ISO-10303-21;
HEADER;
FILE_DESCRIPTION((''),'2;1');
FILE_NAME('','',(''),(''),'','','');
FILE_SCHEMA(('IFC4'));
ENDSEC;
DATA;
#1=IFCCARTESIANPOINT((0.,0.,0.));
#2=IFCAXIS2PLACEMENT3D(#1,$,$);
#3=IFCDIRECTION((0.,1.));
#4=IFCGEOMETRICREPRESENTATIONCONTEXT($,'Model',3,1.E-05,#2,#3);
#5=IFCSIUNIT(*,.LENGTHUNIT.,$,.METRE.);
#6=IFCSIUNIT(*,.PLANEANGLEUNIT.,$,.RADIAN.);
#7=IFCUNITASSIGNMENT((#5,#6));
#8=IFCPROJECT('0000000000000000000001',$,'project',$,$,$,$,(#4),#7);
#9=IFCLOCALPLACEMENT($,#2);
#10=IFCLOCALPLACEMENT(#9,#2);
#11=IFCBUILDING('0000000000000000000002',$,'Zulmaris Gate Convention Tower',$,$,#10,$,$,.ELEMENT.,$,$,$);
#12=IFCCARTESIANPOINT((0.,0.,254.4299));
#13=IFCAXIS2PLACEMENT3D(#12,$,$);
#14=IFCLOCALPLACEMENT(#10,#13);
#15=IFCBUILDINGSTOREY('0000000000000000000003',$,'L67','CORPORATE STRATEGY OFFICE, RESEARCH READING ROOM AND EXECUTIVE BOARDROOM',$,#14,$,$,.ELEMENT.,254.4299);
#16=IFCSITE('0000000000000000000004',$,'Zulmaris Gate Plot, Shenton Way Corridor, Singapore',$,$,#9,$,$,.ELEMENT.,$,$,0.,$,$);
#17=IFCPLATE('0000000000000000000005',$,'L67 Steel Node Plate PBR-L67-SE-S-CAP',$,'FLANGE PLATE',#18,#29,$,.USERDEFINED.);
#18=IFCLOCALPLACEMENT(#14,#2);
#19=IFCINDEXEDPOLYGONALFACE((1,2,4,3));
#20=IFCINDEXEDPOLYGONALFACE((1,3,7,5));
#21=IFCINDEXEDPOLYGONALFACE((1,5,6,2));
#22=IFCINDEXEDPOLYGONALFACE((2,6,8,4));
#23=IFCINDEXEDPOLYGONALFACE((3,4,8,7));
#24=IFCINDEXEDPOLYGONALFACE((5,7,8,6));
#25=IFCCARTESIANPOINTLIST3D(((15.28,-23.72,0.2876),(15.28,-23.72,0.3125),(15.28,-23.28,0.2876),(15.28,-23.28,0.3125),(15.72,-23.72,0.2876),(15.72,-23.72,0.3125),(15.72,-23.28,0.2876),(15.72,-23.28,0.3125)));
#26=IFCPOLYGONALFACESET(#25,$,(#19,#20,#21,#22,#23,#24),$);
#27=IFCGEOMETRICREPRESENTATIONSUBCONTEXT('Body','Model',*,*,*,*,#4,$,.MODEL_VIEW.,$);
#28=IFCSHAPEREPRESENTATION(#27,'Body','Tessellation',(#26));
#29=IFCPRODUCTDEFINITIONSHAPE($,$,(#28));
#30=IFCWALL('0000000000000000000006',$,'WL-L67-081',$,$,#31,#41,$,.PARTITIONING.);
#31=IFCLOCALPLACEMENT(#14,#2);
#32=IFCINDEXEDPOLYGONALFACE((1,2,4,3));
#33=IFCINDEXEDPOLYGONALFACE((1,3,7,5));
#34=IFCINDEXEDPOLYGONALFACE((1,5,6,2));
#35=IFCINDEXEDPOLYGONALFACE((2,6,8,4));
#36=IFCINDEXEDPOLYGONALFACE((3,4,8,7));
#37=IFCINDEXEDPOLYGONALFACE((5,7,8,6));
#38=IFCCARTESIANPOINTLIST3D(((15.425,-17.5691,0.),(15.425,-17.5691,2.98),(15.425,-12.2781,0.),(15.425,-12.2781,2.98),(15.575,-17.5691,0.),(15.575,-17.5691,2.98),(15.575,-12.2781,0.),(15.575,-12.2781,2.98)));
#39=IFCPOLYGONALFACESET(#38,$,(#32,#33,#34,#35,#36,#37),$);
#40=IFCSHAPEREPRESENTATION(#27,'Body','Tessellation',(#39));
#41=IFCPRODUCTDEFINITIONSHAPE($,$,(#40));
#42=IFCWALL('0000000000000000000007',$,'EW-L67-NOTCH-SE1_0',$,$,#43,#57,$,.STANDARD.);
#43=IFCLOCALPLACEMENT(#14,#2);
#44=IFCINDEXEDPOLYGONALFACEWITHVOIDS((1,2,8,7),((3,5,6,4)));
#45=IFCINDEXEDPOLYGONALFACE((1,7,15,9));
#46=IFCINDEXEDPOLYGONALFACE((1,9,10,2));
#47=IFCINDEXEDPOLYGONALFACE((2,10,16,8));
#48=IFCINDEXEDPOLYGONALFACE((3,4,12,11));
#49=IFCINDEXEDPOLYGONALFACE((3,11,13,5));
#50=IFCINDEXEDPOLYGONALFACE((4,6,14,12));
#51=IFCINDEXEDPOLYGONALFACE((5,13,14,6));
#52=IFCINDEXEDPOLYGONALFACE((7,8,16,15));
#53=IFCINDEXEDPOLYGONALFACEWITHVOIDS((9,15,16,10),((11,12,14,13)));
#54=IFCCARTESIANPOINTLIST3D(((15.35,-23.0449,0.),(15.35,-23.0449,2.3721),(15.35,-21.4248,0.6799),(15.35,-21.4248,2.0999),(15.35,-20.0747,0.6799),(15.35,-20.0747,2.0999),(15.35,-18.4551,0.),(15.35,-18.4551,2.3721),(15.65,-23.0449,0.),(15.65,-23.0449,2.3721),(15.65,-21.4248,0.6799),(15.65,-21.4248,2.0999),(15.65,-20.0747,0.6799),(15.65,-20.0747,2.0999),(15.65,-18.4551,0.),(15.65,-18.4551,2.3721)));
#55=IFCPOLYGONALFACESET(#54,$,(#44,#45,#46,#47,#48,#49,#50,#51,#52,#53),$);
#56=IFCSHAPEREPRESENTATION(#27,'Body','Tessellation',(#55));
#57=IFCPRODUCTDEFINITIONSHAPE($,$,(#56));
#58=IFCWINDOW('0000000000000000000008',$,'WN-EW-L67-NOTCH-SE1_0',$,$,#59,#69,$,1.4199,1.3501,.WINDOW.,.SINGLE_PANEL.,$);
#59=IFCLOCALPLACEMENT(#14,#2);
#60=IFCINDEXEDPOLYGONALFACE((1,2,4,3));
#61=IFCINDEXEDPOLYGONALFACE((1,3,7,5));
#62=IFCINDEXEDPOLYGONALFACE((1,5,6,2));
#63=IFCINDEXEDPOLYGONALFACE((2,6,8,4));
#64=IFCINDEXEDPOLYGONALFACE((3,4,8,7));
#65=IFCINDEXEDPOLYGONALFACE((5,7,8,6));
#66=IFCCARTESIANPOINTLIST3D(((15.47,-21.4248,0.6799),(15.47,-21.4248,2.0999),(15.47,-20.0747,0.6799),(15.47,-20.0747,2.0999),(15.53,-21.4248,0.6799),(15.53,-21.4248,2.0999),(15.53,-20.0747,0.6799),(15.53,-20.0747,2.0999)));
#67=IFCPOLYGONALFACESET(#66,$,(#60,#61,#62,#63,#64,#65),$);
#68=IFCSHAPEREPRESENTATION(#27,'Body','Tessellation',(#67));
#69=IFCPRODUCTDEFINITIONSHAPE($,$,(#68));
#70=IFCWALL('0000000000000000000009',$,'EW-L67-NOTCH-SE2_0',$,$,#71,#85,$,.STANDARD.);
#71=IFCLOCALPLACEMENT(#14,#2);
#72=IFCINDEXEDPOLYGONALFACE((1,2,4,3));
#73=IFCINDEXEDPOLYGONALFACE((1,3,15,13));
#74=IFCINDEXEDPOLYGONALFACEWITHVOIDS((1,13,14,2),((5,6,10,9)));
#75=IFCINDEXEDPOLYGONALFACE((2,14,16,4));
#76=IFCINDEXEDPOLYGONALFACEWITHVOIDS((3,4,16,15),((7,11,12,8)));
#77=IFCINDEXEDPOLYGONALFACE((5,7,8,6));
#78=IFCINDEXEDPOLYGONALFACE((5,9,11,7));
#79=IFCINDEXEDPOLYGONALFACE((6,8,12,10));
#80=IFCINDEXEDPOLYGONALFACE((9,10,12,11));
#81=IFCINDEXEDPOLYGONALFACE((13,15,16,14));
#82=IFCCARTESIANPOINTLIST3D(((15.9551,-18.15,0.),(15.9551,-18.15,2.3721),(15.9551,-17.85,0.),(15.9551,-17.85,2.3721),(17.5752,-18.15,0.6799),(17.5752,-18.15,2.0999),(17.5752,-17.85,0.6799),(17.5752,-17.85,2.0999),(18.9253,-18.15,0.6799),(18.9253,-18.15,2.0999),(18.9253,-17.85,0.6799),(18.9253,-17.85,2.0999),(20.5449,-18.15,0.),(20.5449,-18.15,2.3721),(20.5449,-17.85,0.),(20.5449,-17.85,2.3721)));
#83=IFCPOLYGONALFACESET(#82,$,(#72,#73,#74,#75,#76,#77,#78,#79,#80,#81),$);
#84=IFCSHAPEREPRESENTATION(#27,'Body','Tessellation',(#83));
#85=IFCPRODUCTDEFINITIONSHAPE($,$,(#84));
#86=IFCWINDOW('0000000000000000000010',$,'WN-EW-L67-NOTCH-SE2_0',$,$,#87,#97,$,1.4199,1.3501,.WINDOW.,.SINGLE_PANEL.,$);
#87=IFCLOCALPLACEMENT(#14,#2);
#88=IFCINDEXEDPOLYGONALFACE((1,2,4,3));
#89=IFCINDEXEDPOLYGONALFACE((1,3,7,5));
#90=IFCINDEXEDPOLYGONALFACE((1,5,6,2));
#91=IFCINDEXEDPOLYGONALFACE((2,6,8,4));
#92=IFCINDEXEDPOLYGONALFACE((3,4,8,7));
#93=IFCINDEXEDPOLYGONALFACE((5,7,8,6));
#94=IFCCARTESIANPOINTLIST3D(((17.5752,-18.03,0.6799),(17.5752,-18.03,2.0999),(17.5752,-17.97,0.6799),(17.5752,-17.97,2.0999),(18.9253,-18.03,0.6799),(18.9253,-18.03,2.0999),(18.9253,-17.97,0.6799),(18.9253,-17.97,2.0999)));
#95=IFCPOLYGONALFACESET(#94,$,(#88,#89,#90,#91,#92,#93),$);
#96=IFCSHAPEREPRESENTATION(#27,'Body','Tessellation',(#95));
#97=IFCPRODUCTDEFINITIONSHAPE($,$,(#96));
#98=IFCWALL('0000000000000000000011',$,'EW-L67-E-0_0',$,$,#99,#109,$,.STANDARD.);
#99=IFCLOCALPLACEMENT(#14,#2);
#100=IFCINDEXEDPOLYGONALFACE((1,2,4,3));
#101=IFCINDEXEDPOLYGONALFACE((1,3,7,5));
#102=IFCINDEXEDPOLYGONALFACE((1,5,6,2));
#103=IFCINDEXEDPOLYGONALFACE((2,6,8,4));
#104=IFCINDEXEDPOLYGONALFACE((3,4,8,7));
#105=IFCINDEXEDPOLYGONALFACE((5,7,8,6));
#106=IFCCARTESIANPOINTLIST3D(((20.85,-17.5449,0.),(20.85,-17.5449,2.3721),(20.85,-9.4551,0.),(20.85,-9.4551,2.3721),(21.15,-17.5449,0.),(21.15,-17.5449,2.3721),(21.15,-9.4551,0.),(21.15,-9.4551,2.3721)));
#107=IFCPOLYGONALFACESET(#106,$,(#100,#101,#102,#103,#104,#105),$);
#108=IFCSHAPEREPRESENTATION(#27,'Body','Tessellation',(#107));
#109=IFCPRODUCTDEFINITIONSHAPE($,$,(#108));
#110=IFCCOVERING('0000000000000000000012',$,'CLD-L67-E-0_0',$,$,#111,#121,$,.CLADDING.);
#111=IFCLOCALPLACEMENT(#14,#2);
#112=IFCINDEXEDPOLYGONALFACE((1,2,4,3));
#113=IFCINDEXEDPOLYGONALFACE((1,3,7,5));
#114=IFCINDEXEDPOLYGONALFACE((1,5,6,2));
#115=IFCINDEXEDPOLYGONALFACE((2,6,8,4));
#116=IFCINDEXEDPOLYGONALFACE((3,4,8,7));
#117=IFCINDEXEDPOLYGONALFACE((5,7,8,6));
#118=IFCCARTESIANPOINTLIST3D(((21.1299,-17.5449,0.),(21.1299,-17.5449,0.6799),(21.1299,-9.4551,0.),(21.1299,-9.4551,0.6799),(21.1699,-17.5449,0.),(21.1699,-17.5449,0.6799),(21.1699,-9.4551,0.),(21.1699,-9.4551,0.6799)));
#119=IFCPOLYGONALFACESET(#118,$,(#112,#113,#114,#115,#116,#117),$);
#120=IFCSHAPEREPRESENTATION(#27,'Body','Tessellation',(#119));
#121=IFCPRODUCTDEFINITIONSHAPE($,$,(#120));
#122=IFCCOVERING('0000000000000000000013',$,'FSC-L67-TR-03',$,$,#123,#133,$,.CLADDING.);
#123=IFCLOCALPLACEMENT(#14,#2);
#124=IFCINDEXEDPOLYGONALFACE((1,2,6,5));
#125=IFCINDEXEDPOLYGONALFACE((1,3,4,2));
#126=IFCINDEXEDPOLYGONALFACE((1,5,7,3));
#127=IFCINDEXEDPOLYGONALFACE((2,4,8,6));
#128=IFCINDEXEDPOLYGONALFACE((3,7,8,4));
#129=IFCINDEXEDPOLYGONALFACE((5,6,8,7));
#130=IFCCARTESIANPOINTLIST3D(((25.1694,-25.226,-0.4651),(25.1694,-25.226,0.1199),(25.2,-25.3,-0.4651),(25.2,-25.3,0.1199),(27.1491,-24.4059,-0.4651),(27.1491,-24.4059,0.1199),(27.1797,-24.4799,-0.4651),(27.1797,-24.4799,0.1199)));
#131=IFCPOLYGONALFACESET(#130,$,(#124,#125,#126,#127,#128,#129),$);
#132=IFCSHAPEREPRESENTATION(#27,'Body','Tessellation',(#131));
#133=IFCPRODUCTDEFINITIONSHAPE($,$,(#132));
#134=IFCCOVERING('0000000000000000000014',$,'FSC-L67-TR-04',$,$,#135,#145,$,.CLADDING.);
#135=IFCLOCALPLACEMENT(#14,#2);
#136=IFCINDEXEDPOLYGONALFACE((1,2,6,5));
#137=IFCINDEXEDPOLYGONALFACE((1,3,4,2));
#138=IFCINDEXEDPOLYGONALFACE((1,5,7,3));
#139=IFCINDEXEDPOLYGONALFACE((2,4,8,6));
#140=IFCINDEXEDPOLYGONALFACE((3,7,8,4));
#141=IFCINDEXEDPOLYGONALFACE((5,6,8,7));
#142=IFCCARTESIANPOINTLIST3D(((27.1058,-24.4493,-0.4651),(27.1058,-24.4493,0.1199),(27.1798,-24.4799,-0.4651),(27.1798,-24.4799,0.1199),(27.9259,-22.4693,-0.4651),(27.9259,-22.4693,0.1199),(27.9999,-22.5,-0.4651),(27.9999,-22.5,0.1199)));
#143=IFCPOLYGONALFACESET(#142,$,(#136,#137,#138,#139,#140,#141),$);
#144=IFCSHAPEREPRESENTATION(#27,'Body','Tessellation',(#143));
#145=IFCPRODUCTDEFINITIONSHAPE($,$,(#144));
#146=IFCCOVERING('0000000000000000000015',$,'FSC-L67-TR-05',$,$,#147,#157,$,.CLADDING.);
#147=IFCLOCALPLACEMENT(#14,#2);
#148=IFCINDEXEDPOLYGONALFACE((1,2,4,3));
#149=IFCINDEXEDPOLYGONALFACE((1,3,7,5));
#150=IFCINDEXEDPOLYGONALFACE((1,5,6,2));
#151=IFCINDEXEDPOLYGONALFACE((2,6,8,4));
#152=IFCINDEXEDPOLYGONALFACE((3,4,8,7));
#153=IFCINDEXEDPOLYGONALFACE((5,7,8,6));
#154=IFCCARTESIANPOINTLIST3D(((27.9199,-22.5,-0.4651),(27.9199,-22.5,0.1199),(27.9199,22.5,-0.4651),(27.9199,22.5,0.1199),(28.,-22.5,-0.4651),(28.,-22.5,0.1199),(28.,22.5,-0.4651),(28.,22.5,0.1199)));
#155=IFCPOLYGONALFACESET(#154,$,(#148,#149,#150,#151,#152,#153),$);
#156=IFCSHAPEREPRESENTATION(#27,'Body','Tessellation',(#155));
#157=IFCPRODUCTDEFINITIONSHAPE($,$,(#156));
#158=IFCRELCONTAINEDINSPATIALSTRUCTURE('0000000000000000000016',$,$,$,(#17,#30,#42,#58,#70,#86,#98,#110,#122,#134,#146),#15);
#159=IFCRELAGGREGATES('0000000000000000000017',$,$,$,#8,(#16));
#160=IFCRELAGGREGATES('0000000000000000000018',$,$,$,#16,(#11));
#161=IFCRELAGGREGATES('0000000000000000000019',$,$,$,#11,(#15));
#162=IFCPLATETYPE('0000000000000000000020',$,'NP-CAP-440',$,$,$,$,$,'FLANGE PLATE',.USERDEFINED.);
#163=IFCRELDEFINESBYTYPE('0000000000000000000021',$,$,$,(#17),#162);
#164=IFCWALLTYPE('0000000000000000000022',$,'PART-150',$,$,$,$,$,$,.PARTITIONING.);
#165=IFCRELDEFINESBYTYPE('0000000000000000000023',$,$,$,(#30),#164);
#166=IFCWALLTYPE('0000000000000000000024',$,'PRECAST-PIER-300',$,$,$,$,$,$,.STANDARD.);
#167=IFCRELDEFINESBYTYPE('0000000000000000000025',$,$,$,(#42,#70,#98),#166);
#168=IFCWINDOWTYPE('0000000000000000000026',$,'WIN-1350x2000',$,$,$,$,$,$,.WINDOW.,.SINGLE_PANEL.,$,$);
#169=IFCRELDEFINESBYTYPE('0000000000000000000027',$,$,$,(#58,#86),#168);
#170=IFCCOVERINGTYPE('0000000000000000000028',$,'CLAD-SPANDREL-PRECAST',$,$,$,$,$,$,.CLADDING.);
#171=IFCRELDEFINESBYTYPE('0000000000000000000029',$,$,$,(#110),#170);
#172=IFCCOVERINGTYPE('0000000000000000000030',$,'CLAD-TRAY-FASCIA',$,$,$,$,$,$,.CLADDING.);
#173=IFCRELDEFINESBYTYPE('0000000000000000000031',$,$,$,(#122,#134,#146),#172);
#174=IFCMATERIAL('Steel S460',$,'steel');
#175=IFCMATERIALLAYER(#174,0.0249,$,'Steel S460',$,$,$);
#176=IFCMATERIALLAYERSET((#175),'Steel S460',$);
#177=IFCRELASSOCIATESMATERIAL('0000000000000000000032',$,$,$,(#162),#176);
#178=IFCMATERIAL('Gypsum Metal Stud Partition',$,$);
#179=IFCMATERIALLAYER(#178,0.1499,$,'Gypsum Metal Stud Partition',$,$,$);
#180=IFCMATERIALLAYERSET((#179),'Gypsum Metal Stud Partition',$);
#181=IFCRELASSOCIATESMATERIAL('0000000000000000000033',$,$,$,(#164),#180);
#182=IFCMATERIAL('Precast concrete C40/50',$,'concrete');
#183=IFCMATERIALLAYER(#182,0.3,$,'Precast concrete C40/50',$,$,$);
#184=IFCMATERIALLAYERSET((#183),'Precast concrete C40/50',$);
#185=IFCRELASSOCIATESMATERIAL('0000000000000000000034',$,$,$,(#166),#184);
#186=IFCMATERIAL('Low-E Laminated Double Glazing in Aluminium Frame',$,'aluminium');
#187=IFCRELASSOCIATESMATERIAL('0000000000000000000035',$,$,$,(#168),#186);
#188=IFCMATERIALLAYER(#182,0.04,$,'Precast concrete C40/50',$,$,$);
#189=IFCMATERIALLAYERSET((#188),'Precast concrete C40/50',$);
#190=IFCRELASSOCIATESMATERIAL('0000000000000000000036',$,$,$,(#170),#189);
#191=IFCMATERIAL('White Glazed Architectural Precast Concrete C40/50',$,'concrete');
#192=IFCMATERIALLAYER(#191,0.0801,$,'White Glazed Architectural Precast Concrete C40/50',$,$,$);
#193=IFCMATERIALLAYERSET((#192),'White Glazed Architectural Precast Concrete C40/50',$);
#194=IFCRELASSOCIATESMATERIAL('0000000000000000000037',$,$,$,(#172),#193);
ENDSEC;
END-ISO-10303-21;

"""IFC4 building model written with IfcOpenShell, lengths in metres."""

from ifc_helpers import new_model, si_unit, direction, frame, frame_2d, origin, origin_2d, place, context, subcontext, project, spatial, rectangle, extrude, material, layer, layer_set, type_object, element, fill, save


model = new_model("IFC4")

# Units and contexts
model_context = context("Model", 3, precision=1e-05, world=origin(), true_north=direction((0.0, 1.0)))
body_context = subcontext(model_context, "Body", "Model", "MODEL_VIEW")
ifc_project = project(units=[si_unit("LENGTHUNIT", "METRE"), si_unit("PLANEANGLEUNIT", "RADIAN")], contexts=[model_context])

# Site, building, storey
site_placement = place(None, origin())
site = spatial("IfcSite", under=ifc_project, at=site_placement, Name="Zulmaris Gate Plot, Shenton Way Corridor, Singapore", CompositionType="ELEMENT", RefElevation=0.0)
building_placement = place(site_placement, origin())
building = spatial("IfcBuilding", under=site, at=building_placement, Name="Zulmaris Gate Convention Tower", CompositionType="ELEMENT")
storey_placement = place(building_placement, frame((0.0, 0.0, 254.4299)))
storey = spatial("IfcBuildingStorey", under=building, at=storey_placement, Name="L67", Description="CORPORATE STRATEGY OFFICE, RESEARCH READING ROOM AND EXECUTIVE BOARDROOM", CompositionType="ELEMENT", Elevation=254.4299)

# Plate
ifc_material_1 = material(Name="Steel S460", Category="steel")
ifc_layer_1 = layer(ifc_material_1, 0.0249, Name="Steel S460")
ifc_layer_set_1 = layer_set([ifc_layer_1], Name="Steel S460")
plate_type = type_object("IfcPlateType", Name="NP-CAP-440", ElementType="FLANGE PLATE", PredefinedType="USERDEFINED", material=ifc_layer_set_1)
for number, where, z_axis, x_axis, name in (
    (1, (15.5, -23.5, 0.2876), (0.0, 0.0, 1.0), (1.0, 0.0, 0.0), "L67 Steel Node Plate PBR-L67-SE-S-CAP"),
):
    element("IfcPlate", number, at=place(storey_placement, frame(where, z_axis=z_axis, x_axis=x_axis)), inside=storey, type_object=plate_type, Name=name, ObjectType="FLANGE PLATE", PredefinedType="USERDEFINED", context=body_context, shape_type="SweptSolid", body=[
        extrude(rectangle(XDim=0.4399, YDim=0.4399, at=origin_2d()), origin(), (0.0, 0.0, 1.0), 0.0249),
    ])

# Wall
ifc_material_2 = material(Name="Gypsum Metal Stud Partition")
ifc_layer_2 = layer(ifc_material_2, 0.1499, Name="Gypsum Metal Stud Partition")
ifc_layer_set_2 = layer_set([ifc_layer_2], Name="Gypsum Metal Stud Partition")
wall_type_1 = type_object("IfcWallType", Name="PART-150", PredefinedType="PARTITIONING", material=ifc_layer_set_2)
wall_1_placement = place(storey_placement, frame((15.5, -17.5691, 0.0), z_axis=(0.0, 0.0, 1.0), x_axis=(0.0, 1.0, 0.0)))
element("IfcWall", 2, at=wall_1_placement, inside=storey, type_object=wall_type_1, Name="WL-L67-081", PredefinedType="PARTITIONING", context=body_context, shape_type="SweptSolid", body=[
    extrude(rectangle(XDim=5.291, YDim=0.1499, at=frame_2d((2.6455, 0.0))), origin(), (0.0, 0.0, 1.0), 2.98),
])

# Walls, openings, windows
ifc_material_3 = material(Name="Precast concrete C40/50", Category="concrete")
ifc_layer_3 = layer(ifc_material_3, 0.3, Name="Precast concrete C40/50")
ifc_layer_set_3 = layer_set([ifc_layer_3], Name="Precast concrete C40/50")
wall_type_2 = type_object("IfcWallType", Name="PRECAST-PIER-300", PredefinedType="STANDARD", material=ifc_layer_set_3)
wall_2_placement = place(storey_placement, frame((15.5, -23.0449, 0.0), z_axis=(0.0, 0.0, 1.0), x_axis=(0.0, 1.0, 0.0)))
wall_2 = element("IfcWall", 3, at=wall_2_placement, inside=storey, type_object=wall_type_2, Name="EW-L67-NOTCH-SE1_0", PredefinedType="STANDARD", context=body_context, shape_type="SweptSolid", body=[
    extrude(rectangle(XDim=4.5898, YDim=0.3, at=frame_2d((2.2949, 0.0))), origin(), (0.0, 0.0, 1.0), 2.3721),
])
opening_1_placement = place(wall_2_placement, frame((1.6201, 0.0, 0.6799)))
opening_1 = element("IfcOpeningElement", 4, at=opening_1_placement, cuts=wall_2, PredefinedType="OPENING", context=body_context, shape_type="SweptSolid", body=[
    extrude(rectangle(XDim=1.3501, YDim=1.4199, at=frame_2d((0.675, 0.71))), frame((0.0, 0.1602, 0.0), z_axis=(0.0, -1.0, 0.0), x_axis=(1.0, 0.0, 0.0)), (0.0, 0.0, 1.0), 0.3201),
])
ifc_material_4 = material(Name="Low-E Laminated Double Glazing in Aluminium Frame", Category="aluminium")
window_type = type_object("IfcWindowType", Name="WIN-1350x2000", PartitioningType="SINGLE_PANEL", PredefinedType="WINDOW", material=ifc_material_4)
window_1_placement = place(opening_1_placement, origin())
window_1 = element("IfcWindow", 5, at=window_1_placement, inside=storey, type_object=window_type, Name="WN-EW-L67-NOTCH-SE1_0", OverallHeight=1.4199, OverallWidth=1.3501, PartitioningType="SINGLE_PANEL", PredefinedType="WINDOW", context=body_context, shape_type="SweptSolid", body=[
    extrude(rectangle(XDim=1.3501, YDim=1.4199, at=frame_2d((0.675, 0.71))), frame((0.0, 0.03, 0.0), z_axis=(0.0, -1.0, 0.0), x_axis=(1.0, 0.0, 0.0)), (0.0, 0.0, 1.0), 0.0601),
])
fill(opening_1, window_1)
wall_3_placement = place(storey_placement, frame((15.9551, -18.0, 0.0), z_axis=(0.0, 0.0, 1.0), x_axis=(1.0, 0.0, 0.0)))
wall_3 = element("IfcWall", 6, at=wall_3_placement, inside=storey, type_object=wall_type_2, Name="EW-L67-NOTCH-SE2_0", PredefinedType="STANDARD", context=body_context, shape_type="SweptSolid", body=[
    extrude(rectangle(XDim=4.5898, YDim=0.3, at=frame_2d((2.2949, 0.0))), origin(), (0.0, 0.0, 1.0), 2.3721),
])
opening_2_placement = place(wall_3_placement, frame((1.6201, 0.0, 0.6799)))
opening_2 = element("IfcOpeningElement", 7, at=opening_2_placement, cuts=wall_3, PredefinedType="OPENING", context=body_context, shape_type="SweptSolid", body=[
    extrude(rectangle(XDim=1.3501, YDim=1.4199, at=frame_2d((0.675, 0.71))), frame((0.0, 0.1602, 0.0), z_axis=(0.0, -1.0, 0.0), x_axis=(1.0, 0.0, 0.0)), (0.0, 0.0, 1.0), 0.3201),
])
window_2_placement = place(opening_2_placement, origin())
window_2 = element("IfcWindow", 8, at=window_2_placement, inside=storey, type_object=window_type, Name="WN-EW-L67-NOTCH-SE2_0", OverallHeight=1.4199, OverallWidth=1.3501, PartitioningType="SINGLE_PANEL", PredefinedType="WINDOW", context=body_context, shape_type="SweptSolid", body=[
    extrude(rectangle(XDim=1.3501, YDim=1.4199, at=frame_2d((0.675, 0.71))), frame((0.0, 0.03, 0.0), z_axis=(0.0, -1.0, 0.0), x_axis=(1.0, 0.0, 0.0)), (0.0, 0.0, 1.0), 0.0601),
])
fill(opening_2, window_2)

# Wall
wall_4_placement = place(storey_placement, frame((21.0, -17.5449, 0.0), z_axis=(0.0, 0.0, 1.0), x_axis=(0.0, 1.0, 0.0)))
element("IfcWall", 9, at=wall_4_placement, inside=storey, type_object=wall_type_2, Name="EW-L67-E-0_0", PredefinedType="STANDARD", context=body_context, shape_type="SweptSolid", body=[
    extrude(rectangle(XDim=8.0898, YDim=0.3, at=frame_2d((4.0449, 0.0))), origin(), (0.0, 0.0, 1.0), 2.3721),
])

# Coverings
ifc_layer_4 = layer(ifc_material_3, 0.04, Name="Precast concrete C40/50")
ifc_layer_set_4 = layer_set([ifc_layer_4], Name="Precast concrete C40/50")
covering_type_1 = type_object("IfcCoveringType", Name="CLAD-SPANDREL-PRECAST", PredefinedType="CLADDING", material=ifc_layer_set_4)
covering_1_placement = place(storey_placement, frame((21.1499, -17.5449, 0.0), z_axis=(0.0, 0.0, 1.0), x_axis=(0.0, 1.0, 0.0)))
element("IfcCovering", 10, at=covering_1_placement, inside=storey, type_object=covering_type_1, Name="CLD-L67-E-0_0", PredefinedType="CLADDING", context=body_context, shape_type="SweptSolid", body=[
    extrude(rectangle(XDim=8.0898, YDim=0.04, at=frame_2d((4.0449, 0.0))), origin(), (0.0, 0.0, 1.0), 0.6799),
])
ifc_material_5 = material(Name="White Glazed Architectural Precast Concrete C40/50", Category="concrete")
ifc_layer_5 = layer(ifc_material_5, 0.0801, Name="White Glazed Architectural Precast Concrete C40/50")
ifc_layer_set_5 = layer_set([ifc_layer_5], Name="White Glazed Architectural Precast Concrete C40/50")
covering_type_2 = type_object("IfcCoveringType", Name="CLAD-TRAY-FASCIA", PredefinedType="CLADDING", material=ifc_layer_set_5)
covering_2_placement = place(storey_placement, frame((25.1848, -25.2629, -0.4651), z_axis=(0.0, 0.0, 1.0), x_axis=(0.923874, 0.382697, 0.0)))
element("IfcCovering", 11, at=covering_2_placement, inside=storey, type_object=covering_type_2, Name="FSC-L67-TR-03", PredefinedType="CLADDING", context=body_context, shape_type="SweptSolid", body=[
    extrude(rectangle(XDim=2.1428, YDim=0.0801, at=frame_2d((1.0713, 0.0))), origin(), (0.0, 0.0, 1.0), 0.585),
])
covering_3_placement = place(storey_placement, frame((27.1428, -24.4646, -0.4651), z_axis=(0.0, 0.0, 1.0), x_axis=(0.382657, 0.92389, 0.0)))
element("IfcCovering", 12, at=covering_3_placement, inside=storey, type_object=covering_type_2, Name="FSC-L67-TR-04", PredefinedType="CLADDING", context=body_context, shape_type="SweptSolid", body=[
    extrude(rectangle(XDim=2.1431, YDim=0.0801, at=frame_2d((1.0715, 0.0))), origin(), (0.0, 0.0, 1.0), 0.585),
])
covering_4_placement = place(storey_placement, frame((27.96, -22.5, -0.4651), z_axis=(0.0, 0.0, 1.0), x_axis=(0.0, 1.0, 0.0)))
element("IfcCovering", 13, at=covering_4_placement, inside=storey, type_object=covering_type_2, Name="FSC-L67-TR-05", PredefinedType="CLADDING", context=body_context, shape_type="SweptSolid", body=[
    extrude(rectangle(XDim=45.0, YDim=0.0801, at=frame_2d((22.5, 0.0))), origin(), (0.0, 0.0, 1.0), 0.585),
])

save(model, "model.ifc")
